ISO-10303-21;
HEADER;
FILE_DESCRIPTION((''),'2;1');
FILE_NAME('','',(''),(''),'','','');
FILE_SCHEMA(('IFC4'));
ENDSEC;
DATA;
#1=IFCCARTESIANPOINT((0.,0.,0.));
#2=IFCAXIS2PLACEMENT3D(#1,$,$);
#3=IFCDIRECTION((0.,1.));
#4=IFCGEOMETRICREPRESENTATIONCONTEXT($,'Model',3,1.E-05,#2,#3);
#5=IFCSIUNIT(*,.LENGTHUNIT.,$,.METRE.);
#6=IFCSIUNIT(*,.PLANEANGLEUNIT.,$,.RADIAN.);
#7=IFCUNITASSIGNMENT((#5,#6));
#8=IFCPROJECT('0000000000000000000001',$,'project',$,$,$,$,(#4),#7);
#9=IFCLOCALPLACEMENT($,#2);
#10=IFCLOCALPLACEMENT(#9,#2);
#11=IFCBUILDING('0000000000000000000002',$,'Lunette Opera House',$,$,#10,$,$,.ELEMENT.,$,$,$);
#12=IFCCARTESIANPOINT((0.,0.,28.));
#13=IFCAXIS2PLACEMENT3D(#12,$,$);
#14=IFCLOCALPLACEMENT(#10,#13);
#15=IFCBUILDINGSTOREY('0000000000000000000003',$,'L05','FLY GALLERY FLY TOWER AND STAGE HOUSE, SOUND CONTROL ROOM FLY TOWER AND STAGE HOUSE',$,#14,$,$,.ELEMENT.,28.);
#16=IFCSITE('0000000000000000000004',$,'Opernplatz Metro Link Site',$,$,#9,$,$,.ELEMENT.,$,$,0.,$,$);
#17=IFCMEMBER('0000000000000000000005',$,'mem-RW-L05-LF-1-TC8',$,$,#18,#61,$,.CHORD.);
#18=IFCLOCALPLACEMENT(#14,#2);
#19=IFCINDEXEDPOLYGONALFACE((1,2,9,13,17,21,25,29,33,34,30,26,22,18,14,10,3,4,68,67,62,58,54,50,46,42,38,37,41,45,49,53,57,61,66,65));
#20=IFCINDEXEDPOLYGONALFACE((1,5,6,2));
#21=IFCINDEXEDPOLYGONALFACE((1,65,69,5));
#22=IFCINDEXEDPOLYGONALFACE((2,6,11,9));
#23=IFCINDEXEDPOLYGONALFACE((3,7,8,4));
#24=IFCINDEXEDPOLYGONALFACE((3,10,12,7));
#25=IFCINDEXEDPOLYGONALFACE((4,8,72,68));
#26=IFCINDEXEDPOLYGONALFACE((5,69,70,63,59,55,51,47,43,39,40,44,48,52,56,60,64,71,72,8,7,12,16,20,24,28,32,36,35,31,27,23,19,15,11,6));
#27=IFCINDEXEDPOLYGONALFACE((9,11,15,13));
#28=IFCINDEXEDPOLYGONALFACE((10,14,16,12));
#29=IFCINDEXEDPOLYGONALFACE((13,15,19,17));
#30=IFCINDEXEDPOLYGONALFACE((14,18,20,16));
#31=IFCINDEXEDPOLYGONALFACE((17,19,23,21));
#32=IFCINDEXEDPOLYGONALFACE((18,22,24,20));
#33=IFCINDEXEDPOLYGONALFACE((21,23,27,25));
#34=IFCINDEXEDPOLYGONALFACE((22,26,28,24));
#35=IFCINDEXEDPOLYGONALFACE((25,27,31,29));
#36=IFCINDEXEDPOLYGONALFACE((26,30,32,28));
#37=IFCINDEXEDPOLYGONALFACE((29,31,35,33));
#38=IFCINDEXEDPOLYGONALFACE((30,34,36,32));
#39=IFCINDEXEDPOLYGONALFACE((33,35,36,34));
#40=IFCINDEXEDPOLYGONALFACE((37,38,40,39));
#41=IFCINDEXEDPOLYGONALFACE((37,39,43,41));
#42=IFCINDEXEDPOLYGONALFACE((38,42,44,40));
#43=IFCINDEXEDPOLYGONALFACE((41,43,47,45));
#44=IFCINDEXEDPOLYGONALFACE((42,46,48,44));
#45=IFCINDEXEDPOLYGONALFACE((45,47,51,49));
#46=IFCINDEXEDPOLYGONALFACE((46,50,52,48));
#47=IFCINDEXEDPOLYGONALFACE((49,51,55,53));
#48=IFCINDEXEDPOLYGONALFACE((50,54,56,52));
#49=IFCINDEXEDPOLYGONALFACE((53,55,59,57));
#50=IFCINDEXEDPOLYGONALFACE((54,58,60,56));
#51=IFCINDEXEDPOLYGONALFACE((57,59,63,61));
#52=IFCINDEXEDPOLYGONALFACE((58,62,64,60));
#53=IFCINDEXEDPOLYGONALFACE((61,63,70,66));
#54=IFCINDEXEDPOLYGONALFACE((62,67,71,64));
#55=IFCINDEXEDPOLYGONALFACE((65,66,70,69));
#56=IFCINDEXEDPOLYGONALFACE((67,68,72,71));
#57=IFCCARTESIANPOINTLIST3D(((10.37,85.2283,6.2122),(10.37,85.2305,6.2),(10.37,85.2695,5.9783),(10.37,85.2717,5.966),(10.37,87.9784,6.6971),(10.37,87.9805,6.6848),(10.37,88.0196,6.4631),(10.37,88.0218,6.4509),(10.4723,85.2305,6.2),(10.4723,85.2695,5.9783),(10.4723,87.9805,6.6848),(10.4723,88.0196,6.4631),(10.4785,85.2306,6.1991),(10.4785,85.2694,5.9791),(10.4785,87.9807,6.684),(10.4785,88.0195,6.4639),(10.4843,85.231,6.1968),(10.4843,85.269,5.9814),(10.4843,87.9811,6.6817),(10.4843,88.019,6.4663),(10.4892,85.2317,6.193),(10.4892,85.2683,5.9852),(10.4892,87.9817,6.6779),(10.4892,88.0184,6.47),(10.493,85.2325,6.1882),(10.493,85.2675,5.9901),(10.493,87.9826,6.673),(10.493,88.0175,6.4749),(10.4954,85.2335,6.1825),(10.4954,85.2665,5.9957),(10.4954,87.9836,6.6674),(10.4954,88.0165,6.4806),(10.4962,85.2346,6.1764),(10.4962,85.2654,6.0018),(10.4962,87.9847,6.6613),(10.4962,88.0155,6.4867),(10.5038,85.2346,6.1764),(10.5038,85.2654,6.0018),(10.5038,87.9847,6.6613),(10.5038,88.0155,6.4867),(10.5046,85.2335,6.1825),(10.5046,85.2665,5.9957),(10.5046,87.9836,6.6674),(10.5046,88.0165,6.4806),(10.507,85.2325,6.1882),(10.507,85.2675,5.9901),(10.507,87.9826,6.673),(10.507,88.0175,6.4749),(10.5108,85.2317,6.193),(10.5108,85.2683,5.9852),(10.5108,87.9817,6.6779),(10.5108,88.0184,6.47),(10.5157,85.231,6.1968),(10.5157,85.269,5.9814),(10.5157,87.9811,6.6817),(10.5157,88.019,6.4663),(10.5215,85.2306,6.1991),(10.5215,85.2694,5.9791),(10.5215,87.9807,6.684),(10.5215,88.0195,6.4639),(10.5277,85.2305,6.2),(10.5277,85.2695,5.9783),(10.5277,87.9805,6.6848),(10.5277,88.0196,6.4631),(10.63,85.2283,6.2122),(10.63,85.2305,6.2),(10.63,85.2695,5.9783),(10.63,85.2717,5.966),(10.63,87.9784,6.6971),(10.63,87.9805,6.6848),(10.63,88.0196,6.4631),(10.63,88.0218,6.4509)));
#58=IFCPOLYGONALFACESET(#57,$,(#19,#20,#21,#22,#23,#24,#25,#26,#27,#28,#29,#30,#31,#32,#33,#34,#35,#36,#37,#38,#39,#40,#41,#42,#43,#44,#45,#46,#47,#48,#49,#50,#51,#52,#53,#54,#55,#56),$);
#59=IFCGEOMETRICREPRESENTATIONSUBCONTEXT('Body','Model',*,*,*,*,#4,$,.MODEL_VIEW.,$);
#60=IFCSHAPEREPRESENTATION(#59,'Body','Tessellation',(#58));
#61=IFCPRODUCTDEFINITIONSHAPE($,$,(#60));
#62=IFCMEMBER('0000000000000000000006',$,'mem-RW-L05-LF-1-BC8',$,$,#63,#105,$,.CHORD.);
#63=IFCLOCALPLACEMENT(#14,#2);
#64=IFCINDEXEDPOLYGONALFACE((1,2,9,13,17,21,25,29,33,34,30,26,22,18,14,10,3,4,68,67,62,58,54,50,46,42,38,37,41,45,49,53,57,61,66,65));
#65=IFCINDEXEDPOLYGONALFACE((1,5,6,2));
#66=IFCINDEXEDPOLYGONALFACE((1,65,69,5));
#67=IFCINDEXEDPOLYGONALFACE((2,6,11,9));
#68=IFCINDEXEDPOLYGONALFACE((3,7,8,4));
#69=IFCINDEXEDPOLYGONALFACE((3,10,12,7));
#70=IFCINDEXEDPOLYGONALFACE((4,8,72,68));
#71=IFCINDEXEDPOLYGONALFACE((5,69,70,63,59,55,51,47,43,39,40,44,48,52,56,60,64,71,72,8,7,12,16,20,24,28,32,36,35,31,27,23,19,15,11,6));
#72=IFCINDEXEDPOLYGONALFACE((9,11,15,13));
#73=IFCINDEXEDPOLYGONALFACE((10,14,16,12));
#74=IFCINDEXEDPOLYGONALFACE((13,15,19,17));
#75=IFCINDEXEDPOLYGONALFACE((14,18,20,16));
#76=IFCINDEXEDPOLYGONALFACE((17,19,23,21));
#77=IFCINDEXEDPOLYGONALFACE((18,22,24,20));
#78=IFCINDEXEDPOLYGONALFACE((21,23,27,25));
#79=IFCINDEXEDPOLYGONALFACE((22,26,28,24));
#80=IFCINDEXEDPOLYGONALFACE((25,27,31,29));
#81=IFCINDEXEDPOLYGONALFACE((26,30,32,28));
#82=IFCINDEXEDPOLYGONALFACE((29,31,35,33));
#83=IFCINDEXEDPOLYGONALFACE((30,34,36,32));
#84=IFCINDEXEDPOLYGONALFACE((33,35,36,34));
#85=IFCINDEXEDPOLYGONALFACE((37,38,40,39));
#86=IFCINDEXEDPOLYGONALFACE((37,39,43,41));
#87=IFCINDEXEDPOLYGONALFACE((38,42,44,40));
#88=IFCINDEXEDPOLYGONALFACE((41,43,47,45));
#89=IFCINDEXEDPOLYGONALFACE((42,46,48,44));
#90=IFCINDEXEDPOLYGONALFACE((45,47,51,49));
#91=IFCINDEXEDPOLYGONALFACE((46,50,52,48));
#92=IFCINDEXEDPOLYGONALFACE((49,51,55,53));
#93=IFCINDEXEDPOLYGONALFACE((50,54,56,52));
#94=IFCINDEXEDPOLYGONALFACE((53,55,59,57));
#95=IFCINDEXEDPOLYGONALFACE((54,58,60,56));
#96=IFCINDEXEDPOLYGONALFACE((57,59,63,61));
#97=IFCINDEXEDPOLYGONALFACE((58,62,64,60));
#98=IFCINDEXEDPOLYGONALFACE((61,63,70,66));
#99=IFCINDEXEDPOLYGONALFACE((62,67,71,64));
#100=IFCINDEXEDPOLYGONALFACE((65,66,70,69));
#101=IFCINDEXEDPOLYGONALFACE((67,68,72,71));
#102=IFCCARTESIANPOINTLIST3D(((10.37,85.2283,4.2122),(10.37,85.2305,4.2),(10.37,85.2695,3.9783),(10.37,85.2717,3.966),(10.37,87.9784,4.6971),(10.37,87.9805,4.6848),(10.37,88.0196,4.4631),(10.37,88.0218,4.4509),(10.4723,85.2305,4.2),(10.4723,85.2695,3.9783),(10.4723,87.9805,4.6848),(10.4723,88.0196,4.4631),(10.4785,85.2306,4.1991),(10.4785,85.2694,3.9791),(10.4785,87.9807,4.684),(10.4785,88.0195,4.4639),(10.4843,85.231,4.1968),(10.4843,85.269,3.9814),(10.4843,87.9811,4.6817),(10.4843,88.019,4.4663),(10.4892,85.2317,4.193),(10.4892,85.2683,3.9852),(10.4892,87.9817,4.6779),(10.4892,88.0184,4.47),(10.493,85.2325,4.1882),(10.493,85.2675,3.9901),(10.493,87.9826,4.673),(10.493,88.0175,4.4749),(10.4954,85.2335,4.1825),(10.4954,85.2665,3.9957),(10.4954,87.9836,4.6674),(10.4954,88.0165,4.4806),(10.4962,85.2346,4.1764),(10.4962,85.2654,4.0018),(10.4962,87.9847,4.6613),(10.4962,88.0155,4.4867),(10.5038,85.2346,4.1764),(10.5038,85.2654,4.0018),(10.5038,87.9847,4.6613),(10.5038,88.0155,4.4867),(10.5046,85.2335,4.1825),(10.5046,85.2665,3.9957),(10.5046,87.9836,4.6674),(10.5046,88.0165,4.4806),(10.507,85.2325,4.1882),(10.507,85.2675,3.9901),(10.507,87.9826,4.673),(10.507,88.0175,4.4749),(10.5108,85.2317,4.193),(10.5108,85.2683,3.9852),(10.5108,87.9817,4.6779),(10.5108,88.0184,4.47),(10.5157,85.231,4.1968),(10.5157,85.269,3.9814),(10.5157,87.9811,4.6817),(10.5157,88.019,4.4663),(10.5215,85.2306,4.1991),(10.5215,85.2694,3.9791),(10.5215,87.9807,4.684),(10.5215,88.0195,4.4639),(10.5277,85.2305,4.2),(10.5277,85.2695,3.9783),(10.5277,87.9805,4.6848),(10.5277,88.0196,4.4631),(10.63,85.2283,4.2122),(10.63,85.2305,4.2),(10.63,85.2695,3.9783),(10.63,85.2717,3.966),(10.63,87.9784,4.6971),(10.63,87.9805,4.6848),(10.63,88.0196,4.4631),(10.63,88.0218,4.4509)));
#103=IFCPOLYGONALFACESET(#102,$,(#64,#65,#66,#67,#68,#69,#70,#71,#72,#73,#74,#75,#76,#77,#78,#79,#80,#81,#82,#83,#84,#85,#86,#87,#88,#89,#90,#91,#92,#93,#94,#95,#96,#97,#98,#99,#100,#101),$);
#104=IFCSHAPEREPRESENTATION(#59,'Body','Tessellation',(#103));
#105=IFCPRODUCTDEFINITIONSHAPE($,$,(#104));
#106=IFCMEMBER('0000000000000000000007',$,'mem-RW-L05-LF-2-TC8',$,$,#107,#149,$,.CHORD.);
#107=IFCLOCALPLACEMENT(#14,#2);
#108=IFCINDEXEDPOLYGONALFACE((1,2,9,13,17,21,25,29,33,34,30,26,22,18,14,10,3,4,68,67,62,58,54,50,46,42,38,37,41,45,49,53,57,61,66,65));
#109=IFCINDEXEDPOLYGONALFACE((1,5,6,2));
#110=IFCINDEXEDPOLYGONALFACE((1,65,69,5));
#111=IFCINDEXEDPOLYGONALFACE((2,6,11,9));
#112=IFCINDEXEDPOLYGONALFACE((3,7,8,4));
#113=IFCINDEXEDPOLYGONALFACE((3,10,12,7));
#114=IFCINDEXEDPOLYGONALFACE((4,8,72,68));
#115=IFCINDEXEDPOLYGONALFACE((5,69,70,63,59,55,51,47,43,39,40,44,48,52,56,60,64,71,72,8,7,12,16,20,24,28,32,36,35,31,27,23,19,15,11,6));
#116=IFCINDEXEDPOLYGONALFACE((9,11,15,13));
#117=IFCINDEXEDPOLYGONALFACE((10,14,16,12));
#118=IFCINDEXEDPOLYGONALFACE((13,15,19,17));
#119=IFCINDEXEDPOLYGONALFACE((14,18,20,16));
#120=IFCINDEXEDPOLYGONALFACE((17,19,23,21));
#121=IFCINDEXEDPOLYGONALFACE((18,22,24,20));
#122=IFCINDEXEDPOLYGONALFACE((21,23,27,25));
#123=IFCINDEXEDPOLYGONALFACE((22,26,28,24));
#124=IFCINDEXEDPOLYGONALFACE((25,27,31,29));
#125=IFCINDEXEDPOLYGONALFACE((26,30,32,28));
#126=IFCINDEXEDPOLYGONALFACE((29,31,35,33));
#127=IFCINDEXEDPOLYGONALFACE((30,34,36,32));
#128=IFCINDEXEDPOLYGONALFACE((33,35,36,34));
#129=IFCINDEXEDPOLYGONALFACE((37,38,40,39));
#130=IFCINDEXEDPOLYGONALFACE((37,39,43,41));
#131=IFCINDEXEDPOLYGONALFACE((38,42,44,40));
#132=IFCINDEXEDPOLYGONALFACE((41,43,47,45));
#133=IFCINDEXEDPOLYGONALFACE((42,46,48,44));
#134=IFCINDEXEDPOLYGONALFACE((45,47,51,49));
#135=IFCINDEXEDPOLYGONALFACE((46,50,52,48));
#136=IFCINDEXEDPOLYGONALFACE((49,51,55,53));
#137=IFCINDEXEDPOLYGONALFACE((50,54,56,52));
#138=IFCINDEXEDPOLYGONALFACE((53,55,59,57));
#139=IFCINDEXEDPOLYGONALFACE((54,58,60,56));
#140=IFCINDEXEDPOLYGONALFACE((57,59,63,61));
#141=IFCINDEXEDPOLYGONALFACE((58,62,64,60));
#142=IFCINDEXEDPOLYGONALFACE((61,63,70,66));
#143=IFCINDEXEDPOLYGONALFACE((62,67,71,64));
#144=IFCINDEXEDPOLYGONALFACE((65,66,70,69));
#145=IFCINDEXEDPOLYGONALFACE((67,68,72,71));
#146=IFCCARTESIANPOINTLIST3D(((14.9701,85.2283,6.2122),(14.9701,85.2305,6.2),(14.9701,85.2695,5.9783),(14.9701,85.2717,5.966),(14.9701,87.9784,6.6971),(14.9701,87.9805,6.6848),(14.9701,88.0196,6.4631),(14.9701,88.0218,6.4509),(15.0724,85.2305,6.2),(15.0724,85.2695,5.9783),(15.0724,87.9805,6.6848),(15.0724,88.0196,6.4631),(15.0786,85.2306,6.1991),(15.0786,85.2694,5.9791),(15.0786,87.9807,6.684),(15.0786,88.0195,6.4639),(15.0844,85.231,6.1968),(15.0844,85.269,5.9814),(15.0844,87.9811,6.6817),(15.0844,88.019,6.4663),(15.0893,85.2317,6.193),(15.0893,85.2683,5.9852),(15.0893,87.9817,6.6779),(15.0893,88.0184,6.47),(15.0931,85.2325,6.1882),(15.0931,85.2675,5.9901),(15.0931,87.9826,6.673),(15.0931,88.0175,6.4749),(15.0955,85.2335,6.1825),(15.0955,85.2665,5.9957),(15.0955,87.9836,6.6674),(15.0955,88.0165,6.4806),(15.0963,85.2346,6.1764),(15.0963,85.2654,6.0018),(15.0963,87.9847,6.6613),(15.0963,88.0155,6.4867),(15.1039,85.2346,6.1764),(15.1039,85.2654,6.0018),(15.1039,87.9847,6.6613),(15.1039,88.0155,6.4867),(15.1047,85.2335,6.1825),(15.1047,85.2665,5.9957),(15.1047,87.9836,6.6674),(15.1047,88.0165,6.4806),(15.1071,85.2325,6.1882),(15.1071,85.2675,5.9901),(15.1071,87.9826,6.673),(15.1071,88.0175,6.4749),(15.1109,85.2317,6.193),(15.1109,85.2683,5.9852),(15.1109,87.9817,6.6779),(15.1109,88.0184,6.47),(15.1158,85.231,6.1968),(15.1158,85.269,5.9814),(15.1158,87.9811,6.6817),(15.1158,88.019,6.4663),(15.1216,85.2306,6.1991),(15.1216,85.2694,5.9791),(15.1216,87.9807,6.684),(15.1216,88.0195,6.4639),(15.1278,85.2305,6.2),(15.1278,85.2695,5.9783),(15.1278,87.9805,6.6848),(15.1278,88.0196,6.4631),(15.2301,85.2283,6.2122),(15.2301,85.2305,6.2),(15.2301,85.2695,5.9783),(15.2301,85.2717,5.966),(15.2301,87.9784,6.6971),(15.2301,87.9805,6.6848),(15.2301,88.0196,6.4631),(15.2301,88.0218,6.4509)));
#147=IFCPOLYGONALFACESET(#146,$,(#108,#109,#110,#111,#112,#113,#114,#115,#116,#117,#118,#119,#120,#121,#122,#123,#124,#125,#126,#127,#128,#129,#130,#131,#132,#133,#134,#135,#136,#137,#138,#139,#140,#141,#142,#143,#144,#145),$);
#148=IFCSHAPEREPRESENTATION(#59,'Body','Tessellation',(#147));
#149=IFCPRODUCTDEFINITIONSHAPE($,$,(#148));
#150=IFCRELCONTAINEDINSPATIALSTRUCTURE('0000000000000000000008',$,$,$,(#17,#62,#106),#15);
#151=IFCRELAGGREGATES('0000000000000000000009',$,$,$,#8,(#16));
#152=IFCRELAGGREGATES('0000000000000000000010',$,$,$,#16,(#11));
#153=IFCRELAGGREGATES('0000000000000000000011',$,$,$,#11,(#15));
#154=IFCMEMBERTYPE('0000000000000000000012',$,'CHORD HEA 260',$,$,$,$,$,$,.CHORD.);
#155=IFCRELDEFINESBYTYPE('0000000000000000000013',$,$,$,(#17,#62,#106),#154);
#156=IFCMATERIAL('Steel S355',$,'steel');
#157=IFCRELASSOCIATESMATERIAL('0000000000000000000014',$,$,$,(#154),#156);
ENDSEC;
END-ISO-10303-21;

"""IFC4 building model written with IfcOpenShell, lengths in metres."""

from ifc_helpers import new_model, si_unit, direction, frame, origin, origin_2d, place, context, subcontext, project, spatial, i_section, extrude, material, material_profile, profile_set, type_object, element, save


model = new_model("IFC4")

# Units and contexts
model_context = context("Model", 3, precision=1e-05, world=origin(), true_north=direction((0.0, 1.0)))
body_context = subcontext(model_context, "Body", "Model", "MODEL_VIEW")
ifc_project = project(units=[si_unit("LENGTHUNIT", "METRE"), si_unit("PLANEANGLEUNIT", "RADIAN")], contexts=[model_context])

# Site, building, storey
site_placement = place(None, origin())
site = spatial("IfcSite", under=ifc_project, at=site_placement, Name="Opernplatz Metro Link Site", CompositionType="ELEMENT", RefElevation=0.0)
building_placement = place(site_placement, origin())
building = spatial("IfcBuilding", under=site, at=building_placement, Name="Lunette Opera House", CompositionType="ELEMENT")
storey_placement = place(building_placement, frame((0.0, 0.0, 28.0)))
storey = spatial("IfcBuildingStorey", under=building, at=storey_placement, Name="L05", Description="FLY GALLERY FLY TOWER AND STAGE HOUSE, SOUND CONTROL ROOM FLY TOWER AND STAGE HOUSE", CompositionType="ELEMENT", Elevation=28.0)

# Members
ifc_material_1 = material(Name="Steel S355", Category="steel")
ifc_material_profile_1 = material_profile(ifc_material_1, i_section(OverallWidth=0.26, OverallDepth=0.25, WebThickness=0.0076, FlangeThickness=0.0125, FilletRadius=0.0239, at=origin_2d()), Name="HEA 260")
ifc_profile_set_1 = profile_set([ifc_material_profile_1], Name="Steel S355")
member_type_1 = type_object("IfcMemberType", Name="CHORD HEA 260", PredefinedType="CHORD", material=ifc_profile_set_1)
for number, where, z_axis, x_axis, name in (
    (1, (10.5, 85.25, 6.0891), (0.0, 0.98481, 0.173636), (-1.0, 0.0, 0.0), "mem-RW-L05-LF-1-TC8"),
    (2, (10.5, 85.25, 4.0891), (0.0, 0.98481, 0.173636), (-1.0, 0.0, 0.0), "mem-RW-L05-LF-1-BC8"),
    (3, (15.1001, 85.25, 6.0891), (0.0, 0.98481, 0.173636), (-1.0, 0.0, 0.0), "mem-RW-L05-LF-2-TC8"),
):
    element("IfcMember", number, at=place(storey_placement, frame(where, z_axis=z_axis, x_axis=x_axis)), inside=storey, type_object=member_type_1, Name=name, PredefinedType="CHORD", context=body_context, shape_type="SweptSolid", body=[
        extrude(i_section(OverallWidth=0.26, OverallDepth=0.25, WebThickness=0.0076, FlangeThickness=0.0125, FilletRadius=0.0239, at=origin_2d()), origin(), (0.0, 0.0, 1.0), 2.7925),
    ])

save(model, "model.ifc")
